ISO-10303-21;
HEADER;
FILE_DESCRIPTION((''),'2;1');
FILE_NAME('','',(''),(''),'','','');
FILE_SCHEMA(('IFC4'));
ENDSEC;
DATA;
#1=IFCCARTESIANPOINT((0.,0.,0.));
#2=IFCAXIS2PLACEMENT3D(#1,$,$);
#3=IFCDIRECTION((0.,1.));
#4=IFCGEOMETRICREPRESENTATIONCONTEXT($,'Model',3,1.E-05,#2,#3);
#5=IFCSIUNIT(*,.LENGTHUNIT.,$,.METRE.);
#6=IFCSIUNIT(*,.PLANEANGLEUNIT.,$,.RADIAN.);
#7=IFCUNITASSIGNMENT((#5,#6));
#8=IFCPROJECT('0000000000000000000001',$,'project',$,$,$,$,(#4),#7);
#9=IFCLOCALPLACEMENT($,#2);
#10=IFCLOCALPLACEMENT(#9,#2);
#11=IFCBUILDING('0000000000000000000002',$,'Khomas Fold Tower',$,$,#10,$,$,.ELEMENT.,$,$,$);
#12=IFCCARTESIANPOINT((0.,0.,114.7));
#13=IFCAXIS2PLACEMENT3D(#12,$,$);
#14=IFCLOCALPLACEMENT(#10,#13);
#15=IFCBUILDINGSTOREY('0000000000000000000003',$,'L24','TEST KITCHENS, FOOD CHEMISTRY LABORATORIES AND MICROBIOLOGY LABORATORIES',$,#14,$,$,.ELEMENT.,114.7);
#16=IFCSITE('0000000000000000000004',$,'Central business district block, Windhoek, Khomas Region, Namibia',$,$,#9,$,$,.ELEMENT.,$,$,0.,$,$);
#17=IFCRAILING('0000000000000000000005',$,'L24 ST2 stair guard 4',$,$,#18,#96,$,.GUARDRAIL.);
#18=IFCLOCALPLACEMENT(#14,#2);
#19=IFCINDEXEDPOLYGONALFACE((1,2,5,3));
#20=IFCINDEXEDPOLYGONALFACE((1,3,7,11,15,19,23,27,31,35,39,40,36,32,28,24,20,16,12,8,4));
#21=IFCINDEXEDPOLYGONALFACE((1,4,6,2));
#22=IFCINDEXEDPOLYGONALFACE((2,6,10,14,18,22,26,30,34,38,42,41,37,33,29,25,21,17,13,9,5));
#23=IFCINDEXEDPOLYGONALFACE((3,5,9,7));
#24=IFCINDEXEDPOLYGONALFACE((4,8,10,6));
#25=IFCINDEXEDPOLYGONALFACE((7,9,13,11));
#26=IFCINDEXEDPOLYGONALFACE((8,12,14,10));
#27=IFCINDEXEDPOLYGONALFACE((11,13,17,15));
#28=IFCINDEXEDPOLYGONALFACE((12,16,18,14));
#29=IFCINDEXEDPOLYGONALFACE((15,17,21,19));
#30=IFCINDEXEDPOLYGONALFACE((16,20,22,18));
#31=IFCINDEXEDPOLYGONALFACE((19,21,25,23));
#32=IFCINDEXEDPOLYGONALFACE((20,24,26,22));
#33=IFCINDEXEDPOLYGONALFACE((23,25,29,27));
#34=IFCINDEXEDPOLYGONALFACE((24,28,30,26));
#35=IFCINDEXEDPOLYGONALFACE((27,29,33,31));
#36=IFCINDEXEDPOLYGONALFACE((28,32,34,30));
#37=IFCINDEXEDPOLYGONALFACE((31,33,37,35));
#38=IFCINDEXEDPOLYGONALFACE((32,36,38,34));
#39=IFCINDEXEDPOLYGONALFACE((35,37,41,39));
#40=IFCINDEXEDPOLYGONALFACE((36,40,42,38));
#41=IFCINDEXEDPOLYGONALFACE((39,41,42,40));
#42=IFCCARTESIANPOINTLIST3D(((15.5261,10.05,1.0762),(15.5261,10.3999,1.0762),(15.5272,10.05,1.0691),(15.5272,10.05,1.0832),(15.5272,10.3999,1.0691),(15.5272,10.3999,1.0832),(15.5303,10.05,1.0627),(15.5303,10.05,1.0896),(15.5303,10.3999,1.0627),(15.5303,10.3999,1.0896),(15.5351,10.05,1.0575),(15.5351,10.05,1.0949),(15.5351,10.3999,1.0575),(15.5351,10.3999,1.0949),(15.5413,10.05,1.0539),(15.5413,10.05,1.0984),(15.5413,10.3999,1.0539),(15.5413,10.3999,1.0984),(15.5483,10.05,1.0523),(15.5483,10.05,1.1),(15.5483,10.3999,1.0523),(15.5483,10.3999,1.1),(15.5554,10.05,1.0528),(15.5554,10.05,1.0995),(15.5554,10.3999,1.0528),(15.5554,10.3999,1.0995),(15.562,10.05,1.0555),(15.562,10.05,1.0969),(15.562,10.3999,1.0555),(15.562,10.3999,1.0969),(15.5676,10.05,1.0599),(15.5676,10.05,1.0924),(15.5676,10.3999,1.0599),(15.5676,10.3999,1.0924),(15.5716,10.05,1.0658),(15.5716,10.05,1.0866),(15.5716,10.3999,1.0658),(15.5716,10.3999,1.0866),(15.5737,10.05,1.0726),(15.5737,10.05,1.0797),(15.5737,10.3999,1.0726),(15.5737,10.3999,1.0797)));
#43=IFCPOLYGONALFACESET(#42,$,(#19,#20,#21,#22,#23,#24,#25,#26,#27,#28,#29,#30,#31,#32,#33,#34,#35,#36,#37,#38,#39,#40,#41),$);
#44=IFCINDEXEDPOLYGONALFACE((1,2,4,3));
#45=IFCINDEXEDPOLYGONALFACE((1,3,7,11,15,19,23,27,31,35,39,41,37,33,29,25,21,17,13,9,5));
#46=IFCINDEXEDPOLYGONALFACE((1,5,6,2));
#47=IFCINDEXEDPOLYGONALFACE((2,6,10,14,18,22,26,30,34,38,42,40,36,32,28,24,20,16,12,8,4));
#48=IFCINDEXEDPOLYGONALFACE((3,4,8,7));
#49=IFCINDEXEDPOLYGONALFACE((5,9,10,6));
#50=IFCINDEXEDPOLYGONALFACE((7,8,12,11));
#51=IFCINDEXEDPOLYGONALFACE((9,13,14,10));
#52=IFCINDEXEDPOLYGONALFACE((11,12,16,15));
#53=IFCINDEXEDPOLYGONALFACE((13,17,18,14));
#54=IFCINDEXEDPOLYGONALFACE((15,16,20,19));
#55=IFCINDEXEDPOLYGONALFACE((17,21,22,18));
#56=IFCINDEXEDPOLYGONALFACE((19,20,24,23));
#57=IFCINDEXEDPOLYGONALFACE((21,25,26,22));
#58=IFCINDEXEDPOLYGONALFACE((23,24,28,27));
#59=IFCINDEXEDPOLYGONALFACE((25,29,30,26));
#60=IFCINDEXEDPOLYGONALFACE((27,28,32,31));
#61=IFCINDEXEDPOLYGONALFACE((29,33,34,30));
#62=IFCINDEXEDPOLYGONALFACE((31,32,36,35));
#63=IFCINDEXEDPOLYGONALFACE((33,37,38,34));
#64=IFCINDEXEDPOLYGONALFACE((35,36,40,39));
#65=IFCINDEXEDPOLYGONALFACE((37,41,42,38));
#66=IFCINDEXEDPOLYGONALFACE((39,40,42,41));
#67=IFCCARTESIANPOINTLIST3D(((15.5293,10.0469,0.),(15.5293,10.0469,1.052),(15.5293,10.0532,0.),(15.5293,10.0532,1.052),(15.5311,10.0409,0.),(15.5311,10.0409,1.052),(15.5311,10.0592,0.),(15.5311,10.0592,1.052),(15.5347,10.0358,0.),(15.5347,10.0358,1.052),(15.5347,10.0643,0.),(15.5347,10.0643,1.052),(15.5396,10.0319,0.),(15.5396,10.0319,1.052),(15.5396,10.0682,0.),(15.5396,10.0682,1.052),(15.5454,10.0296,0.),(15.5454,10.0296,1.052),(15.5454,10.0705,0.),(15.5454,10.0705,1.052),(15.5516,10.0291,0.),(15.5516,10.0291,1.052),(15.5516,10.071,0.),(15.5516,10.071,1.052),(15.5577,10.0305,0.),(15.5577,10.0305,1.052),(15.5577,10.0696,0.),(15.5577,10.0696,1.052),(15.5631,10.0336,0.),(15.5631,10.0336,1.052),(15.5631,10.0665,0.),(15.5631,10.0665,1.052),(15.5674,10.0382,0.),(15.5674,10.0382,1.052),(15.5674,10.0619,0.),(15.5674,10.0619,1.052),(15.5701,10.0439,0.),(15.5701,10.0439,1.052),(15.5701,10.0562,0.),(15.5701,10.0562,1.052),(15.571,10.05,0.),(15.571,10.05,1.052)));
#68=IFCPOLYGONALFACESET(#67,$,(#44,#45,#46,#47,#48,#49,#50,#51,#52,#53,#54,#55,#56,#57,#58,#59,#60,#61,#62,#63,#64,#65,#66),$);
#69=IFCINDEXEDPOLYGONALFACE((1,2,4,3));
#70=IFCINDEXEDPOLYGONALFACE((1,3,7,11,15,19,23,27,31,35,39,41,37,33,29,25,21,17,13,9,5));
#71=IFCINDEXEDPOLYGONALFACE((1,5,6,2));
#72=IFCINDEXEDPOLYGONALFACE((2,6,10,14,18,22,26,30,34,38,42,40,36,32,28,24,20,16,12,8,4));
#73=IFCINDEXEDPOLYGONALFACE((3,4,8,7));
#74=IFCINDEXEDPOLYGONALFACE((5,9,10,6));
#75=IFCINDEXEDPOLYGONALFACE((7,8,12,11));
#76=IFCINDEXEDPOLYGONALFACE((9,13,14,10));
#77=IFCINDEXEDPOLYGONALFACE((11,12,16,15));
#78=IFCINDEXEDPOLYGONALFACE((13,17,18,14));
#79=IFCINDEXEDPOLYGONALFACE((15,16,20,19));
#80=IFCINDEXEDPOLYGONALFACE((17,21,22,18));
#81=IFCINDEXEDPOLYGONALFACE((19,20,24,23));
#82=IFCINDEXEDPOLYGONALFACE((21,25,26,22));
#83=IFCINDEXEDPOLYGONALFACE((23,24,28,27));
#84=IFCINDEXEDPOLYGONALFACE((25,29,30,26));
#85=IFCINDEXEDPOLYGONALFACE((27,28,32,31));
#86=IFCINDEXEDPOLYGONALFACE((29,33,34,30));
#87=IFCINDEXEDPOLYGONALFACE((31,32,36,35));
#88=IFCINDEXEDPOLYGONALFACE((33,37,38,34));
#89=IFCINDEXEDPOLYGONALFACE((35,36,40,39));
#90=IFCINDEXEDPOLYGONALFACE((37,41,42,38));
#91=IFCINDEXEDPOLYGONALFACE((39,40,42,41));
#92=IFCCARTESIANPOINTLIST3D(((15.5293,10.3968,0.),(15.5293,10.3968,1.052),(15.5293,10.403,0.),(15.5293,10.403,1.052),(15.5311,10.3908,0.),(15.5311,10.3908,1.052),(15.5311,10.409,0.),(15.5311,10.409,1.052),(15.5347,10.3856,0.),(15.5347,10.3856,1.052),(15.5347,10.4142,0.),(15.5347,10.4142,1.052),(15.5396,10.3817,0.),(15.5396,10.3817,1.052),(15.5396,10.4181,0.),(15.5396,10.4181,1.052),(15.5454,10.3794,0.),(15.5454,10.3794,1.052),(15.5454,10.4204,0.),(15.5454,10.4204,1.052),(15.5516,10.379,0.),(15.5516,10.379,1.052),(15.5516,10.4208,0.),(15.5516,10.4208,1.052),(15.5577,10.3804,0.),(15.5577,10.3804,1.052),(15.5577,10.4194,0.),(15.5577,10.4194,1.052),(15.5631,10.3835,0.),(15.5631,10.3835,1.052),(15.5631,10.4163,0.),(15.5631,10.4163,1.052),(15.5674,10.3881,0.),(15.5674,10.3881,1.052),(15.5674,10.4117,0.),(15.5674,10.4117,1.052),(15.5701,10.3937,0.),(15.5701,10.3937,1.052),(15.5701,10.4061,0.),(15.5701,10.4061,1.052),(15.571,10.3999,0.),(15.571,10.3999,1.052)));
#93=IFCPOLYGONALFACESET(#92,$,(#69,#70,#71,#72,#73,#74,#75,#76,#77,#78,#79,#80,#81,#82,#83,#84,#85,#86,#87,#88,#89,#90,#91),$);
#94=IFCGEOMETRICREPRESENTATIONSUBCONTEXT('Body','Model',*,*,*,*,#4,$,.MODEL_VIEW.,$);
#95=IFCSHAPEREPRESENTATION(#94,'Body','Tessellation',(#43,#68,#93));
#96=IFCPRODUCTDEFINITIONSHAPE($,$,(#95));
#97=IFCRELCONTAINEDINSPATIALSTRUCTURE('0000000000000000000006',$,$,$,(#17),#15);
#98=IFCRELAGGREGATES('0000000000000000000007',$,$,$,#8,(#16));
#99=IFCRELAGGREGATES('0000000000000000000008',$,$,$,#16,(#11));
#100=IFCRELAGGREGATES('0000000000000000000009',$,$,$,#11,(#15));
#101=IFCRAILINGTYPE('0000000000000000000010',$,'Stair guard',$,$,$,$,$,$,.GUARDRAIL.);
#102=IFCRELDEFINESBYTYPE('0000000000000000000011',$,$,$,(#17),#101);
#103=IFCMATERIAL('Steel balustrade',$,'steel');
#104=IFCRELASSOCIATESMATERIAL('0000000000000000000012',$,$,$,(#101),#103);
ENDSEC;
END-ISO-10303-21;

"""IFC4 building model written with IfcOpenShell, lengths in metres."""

from ifc_helpers import new_model, si_unit, direction, frame, origin, origin_2d, place, context, subcontext, project, spatial, circle, extrude, source, transform, mapped, material, type_object, element, save


model = new_model("IFC4")

# Units and contexts
model_context = context("Model", 3, precision=1e-05, world=origin(), true_north=direction((0.0, 1.0)))
body_context = subcontext(model_context, "Body", "Model", "MODEL_VIEW")
ifc_project = project(units=[si_unit("LENGTHUNIT", "METRE"), si_unit("PLANEANGLEUNIT", "RADIAN")], contexts=[model_context])

# Site, building, storey
site_placement = place(None, origin())
site = spatial("IfcSite", under=ifc_project, at=site_placement, Name="Central business district block, Windhoek, Khomas Region, Namibia", CompositionType="ELEMENT", RefElevation=0.0)
building_placement = place(site_placement, origin())
building = spatial("IfcBuilding", under=site, at=building_placement, Name="Khomas Fold Tower", CompositionType="ELEMENT")
storey_placement = place(building_placement, frame((0.0, 0.0, 114.7)))
storey = spatial("IfcBuildingStorey", under=building, at=storey_placement, Name="L24", Description="TEST KITCHENS, FOOD CHEMISTRY LABORATORIES AND MICROBIOLOGY LABORATORIES", CompositionType="ELEMENT", Elevation=114.7)

# Railing
ifc_material_1 = material(Name="Steel balustrade", Category="steel")
railing_type_1 = type_object("IfcRailingType", Name="Stair guard", PredefinedType="GUARDRAIL", material=ifc_material_1)
shared_shape_1 = source(origin(), body_context, "Body", "SweptSolid", [
    extrude(circle(Radius=0.0239, at=origin_2d()), frame((0.0, 0.0, 1.0762), z_axis=(0.0, 1.0, 0.0), x_axis=(-1.0, 0.0, 0.0)), (0.0, 0.0, 1.0), 0.3499),
    extrude(circle(Radius=0.021, at=origin_2d()), origin(), (0.0, 0.0, 1.0), 1.052),
    extrude(circle(Radius=0.021, at=origin_2d()), frame((0.0, 0.3499, 0.0)), (0.0, 0.0, 1.0), 1.052),
])
for number, where, name in (
    (1, (15.55, 10.05, 0.0), "L24 ST2 stair guard 4"),
):
    element("IfcRailing", number, at=place(storey_placement, frame(where)), inside=storey, type_object=railing_type_1, Name=name, PredefinedType="GUARDRAIL", context=body_context, shape_type="MappedRepresentation", body=[
        mapped(shared_shape_1, transform((0.0, 0.0, 0.0))),
    ])

save(model, "model.ifc")
